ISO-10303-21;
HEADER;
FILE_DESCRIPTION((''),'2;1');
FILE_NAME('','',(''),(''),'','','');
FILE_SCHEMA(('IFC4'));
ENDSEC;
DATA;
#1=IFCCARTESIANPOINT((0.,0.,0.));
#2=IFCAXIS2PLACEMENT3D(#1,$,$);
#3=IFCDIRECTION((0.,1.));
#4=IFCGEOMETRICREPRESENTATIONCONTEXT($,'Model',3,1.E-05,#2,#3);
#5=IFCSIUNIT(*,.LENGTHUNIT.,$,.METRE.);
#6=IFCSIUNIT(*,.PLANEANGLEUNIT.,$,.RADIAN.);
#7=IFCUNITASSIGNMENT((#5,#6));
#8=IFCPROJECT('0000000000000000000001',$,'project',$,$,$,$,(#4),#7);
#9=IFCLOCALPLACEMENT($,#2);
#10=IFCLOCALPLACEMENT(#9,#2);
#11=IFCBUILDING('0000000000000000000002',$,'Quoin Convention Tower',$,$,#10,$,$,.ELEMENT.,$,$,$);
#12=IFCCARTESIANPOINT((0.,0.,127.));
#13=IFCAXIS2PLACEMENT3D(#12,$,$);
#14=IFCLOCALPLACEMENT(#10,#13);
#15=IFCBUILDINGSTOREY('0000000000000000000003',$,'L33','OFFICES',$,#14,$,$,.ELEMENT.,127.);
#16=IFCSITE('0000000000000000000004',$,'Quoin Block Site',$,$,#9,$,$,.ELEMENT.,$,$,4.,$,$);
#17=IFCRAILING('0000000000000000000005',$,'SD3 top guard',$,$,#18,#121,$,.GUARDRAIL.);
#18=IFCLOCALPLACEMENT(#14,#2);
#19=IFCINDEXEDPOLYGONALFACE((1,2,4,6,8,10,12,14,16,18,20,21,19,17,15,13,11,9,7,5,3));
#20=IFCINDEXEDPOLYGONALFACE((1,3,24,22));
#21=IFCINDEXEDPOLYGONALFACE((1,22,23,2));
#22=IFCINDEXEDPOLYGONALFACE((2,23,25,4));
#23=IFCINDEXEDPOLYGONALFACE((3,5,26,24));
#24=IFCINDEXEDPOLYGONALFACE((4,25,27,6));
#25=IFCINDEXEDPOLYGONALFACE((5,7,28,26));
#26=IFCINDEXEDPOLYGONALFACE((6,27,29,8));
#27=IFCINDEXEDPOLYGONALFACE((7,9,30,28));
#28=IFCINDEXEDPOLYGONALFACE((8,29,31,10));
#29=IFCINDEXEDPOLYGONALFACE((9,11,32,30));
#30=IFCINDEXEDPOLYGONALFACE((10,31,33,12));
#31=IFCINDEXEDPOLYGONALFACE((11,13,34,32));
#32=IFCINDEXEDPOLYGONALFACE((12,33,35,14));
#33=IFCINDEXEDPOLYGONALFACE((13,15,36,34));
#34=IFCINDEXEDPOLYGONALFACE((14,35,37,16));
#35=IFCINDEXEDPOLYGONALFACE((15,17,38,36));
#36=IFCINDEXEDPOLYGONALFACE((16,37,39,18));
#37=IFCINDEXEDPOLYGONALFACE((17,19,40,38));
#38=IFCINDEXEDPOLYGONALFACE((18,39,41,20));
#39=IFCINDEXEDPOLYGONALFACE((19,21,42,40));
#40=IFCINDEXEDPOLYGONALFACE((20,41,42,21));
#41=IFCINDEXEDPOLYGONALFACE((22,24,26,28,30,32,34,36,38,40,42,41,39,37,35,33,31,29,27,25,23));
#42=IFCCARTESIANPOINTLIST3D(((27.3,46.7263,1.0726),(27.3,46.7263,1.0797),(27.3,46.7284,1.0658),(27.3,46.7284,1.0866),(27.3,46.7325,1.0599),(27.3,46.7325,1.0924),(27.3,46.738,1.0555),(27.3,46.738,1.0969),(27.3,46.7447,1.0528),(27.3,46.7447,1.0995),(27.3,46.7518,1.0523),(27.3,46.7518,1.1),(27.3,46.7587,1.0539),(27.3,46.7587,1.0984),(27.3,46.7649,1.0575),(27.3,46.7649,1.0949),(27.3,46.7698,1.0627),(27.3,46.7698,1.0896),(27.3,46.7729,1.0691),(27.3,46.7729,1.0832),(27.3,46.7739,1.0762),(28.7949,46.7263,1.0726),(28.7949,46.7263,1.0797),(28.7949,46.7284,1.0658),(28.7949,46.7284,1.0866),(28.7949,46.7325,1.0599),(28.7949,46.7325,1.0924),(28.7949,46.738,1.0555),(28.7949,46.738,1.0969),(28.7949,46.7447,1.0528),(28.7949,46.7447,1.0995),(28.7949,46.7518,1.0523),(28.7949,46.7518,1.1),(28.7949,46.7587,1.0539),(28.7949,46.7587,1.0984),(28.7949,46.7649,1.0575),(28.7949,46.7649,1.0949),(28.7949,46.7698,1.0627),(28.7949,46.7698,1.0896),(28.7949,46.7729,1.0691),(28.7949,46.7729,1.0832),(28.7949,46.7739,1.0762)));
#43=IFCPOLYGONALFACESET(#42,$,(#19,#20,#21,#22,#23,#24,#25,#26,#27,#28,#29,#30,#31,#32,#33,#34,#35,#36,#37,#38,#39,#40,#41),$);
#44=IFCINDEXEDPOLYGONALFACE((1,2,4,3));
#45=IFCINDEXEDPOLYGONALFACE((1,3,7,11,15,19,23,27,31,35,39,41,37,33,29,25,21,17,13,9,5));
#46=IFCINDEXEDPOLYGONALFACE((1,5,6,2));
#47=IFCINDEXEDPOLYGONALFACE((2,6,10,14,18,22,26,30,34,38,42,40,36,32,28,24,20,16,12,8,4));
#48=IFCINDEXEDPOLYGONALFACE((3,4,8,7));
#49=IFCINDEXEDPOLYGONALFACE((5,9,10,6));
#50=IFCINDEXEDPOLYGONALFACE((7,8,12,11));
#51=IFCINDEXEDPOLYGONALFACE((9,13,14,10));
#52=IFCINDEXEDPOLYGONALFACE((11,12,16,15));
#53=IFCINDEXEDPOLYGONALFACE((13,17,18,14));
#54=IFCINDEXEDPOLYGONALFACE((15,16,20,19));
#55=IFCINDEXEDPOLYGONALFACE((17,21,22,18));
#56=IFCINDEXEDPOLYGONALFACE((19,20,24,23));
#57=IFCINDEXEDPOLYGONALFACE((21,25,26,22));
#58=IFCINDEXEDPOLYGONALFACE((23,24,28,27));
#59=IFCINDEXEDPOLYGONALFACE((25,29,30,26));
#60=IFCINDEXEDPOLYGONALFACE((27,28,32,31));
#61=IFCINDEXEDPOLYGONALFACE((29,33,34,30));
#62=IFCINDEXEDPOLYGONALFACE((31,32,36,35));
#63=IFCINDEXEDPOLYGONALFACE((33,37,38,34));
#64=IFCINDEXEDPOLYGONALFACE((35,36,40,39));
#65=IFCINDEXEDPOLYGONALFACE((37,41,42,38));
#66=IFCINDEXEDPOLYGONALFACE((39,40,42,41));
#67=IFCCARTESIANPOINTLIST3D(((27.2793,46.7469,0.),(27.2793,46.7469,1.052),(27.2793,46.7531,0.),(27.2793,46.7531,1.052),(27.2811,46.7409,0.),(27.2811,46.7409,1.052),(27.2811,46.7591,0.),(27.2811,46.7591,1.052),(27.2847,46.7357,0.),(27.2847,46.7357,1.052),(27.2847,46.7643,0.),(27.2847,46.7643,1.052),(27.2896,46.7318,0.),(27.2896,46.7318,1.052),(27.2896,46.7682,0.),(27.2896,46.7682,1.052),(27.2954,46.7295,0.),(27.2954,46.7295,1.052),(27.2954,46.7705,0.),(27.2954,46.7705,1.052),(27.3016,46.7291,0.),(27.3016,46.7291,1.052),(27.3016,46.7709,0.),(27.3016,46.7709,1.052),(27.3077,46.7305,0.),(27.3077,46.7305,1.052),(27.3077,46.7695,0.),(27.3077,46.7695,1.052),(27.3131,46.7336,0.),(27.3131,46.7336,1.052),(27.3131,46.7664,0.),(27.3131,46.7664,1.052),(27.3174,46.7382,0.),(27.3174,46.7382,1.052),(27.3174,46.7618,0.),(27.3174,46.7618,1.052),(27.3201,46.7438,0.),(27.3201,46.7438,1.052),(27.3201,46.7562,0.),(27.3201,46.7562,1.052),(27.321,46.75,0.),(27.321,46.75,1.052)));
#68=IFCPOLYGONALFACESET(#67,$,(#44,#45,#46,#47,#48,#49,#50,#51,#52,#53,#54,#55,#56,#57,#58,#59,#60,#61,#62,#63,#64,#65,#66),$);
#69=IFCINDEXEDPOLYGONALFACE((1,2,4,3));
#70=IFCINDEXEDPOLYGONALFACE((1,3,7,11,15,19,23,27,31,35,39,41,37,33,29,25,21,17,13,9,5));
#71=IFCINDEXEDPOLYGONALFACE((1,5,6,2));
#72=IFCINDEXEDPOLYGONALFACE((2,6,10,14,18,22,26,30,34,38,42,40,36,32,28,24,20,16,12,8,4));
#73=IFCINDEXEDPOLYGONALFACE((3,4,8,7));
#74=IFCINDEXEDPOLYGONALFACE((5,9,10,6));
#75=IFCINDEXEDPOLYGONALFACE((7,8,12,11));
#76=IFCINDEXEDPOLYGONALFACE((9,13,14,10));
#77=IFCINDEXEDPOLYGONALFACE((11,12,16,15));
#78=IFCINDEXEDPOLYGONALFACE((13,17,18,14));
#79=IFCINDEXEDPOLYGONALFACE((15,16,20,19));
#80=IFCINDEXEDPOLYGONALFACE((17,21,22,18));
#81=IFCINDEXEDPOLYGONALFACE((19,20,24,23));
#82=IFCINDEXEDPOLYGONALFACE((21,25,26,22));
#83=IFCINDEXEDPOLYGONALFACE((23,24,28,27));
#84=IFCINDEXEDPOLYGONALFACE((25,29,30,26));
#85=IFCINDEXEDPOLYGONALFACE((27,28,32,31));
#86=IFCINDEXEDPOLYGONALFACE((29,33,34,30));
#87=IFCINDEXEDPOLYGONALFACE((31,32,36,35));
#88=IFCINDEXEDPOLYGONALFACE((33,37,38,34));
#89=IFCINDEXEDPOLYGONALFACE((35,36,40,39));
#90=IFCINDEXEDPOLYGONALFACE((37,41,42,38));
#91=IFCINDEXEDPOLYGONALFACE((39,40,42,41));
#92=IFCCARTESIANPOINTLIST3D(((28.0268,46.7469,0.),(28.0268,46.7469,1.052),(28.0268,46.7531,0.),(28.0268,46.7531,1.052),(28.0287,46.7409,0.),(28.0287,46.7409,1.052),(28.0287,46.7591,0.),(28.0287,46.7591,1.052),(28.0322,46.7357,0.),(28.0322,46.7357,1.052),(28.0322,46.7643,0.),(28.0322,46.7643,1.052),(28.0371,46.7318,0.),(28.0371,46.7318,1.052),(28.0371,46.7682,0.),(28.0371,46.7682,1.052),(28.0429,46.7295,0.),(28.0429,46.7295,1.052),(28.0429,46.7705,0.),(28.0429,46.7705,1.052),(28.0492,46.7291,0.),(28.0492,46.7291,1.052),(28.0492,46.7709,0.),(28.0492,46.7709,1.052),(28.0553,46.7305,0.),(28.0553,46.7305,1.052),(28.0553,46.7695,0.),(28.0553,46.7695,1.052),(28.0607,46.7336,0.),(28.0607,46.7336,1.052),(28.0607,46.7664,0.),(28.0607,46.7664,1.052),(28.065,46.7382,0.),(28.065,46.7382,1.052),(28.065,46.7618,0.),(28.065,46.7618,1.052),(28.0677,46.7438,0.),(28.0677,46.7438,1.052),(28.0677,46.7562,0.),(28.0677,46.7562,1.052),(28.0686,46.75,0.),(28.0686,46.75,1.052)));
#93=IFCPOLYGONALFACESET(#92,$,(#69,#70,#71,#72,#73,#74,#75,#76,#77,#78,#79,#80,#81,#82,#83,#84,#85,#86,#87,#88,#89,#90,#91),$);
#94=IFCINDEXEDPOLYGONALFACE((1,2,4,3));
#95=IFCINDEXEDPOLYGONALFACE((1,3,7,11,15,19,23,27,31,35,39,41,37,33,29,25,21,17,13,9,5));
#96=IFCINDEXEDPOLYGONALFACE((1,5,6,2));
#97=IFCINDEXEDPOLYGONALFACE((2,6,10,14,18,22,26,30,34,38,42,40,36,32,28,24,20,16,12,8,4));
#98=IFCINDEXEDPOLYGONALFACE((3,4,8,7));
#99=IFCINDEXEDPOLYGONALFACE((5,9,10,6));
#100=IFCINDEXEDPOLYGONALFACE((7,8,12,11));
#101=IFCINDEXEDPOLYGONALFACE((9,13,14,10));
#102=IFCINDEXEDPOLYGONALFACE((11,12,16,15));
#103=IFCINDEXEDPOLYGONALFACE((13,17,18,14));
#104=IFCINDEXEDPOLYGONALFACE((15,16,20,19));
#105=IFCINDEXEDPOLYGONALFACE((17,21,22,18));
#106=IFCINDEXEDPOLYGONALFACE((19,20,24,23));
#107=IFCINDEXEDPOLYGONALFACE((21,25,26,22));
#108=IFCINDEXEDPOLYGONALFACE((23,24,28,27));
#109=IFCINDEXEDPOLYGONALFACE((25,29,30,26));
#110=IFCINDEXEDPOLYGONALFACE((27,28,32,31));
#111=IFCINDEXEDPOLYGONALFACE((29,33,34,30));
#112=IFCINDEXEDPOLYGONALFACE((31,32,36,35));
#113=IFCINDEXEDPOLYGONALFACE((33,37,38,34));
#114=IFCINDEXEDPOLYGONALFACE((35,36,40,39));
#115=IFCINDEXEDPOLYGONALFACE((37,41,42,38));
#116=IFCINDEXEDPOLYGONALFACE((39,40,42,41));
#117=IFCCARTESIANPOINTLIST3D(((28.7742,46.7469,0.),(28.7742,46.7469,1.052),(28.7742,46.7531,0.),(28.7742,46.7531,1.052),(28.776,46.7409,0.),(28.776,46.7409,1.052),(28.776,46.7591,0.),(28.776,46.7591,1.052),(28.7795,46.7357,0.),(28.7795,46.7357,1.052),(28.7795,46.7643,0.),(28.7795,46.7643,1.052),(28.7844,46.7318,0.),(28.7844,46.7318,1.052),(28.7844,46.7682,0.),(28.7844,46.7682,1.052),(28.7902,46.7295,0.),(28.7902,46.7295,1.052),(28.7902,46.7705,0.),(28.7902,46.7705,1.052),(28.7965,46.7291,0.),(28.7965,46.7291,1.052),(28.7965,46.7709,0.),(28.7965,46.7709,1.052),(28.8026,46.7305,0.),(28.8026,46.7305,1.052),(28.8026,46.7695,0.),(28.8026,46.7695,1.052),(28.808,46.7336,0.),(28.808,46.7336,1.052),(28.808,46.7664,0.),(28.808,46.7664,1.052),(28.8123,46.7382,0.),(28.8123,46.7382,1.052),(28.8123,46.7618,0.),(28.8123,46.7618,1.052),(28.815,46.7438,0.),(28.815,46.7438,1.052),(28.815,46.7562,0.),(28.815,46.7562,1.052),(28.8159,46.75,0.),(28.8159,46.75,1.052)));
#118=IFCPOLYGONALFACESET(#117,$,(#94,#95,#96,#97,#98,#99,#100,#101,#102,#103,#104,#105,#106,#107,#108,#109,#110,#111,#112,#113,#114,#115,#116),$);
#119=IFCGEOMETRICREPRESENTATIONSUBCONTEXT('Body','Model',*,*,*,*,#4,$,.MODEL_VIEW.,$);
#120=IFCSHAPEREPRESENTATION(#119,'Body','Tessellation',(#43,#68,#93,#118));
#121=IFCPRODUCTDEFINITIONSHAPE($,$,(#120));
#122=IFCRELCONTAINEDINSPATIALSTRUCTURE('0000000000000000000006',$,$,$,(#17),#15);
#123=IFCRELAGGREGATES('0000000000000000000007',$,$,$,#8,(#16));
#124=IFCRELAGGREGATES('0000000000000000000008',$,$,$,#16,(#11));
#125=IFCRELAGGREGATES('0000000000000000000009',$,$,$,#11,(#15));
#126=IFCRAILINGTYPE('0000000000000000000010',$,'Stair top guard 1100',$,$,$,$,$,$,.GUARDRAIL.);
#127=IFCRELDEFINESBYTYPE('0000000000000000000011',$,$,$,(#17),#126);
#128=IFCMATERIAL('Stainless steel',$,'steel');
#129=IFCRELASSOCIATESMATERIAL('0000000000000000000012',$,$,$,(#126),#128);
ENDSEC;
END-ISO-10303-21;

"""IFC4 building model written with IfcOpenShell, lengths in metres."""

from ifc_helpers import new_model, si_unit, direction, frame, origin, origin_2d, place, context, subcontext, project, spatial, circle, extrude, material, type_object, element, save


model = new_model("IFC4")

# Units and contexts
model_context = context("Model", 3, precision=1e-05, world=origin(), true_north=direction((0.0, 1.0)))
body_context = subcontext(model_context, "Body", "Model", "MODEL_VIEW")
ifc_project = project(units=[si_unit("LENGTHUNIT", "METRE"), si_unit("PLANEANGLEUNIT", "RADIAN")], contexts=[model_context])

# Site, building, storey
site_placement = place(None, origin())
site = spatial("IfcSite", under=ifc_project, at=site_placement, Name="Quoin Block Site", CompositionType="ELEMENT", RefElevation=4.0)
building_placement = place(site_placement, origin())
building = spatial("IfcBuilding", under=site, at=building_placement, Name="Quoin Convention Tower", CompositionType="ELEMENT")
storey_placement = place(building_placement, frame((0.0, 0.0, 127.0)))
storey = spatial("IfcBuildingStorey", under=building, at=storey_placement, Name="L33", Description="OFFICES", CompositionType="ELEMENT", Elevation=127.0)

# Railing
ifc_material_1 = material(Name="Stainless steel", Category="steel")
railing_type_1 = type_object("IfcRailingType", Name="Stair top guard 1100", PredefinedType="GUARDRAIL", material=ifc_material_1)
railing_1_placement = place(storey_placement, frame((27.3, 46.75, 0.0)))
element("IfcRailing", 1, at=railing_1_placement, inside=storey, type_object=railing_type_1, Name="SD3 top guard", PredefinedType="GUARDRAIL", context=body_context, shape_type="SweptSolid", body=[
    extrude(circle(Radius=0.0239, at=origin_2d()), frame((0.0, 0.0, 1.0762), z_axis=(1.0, 0.0, 0.0), x_axis=(0.0, 1.0, 0.0)), (0.0, 0.0, 1.0), 1.4949),
    extrude(circle(Radius=0.021, at=origin_2d()), origin(), (0.0, 0.0, 1.0), 1.052),
    extrude(circle(Radius=0.021, at=origin_2d()), frame((0.7476, 0.0, 0.0)), (0.0, 0.0, 1.0), 1.052),
    extrude(circle(Radius=0.021, at=origin_2d()), frame((1.4949, 0.0, 0.0)), (0.0, 0.0, 1.0), 1.052),
])

save(model, "model.ifc")
